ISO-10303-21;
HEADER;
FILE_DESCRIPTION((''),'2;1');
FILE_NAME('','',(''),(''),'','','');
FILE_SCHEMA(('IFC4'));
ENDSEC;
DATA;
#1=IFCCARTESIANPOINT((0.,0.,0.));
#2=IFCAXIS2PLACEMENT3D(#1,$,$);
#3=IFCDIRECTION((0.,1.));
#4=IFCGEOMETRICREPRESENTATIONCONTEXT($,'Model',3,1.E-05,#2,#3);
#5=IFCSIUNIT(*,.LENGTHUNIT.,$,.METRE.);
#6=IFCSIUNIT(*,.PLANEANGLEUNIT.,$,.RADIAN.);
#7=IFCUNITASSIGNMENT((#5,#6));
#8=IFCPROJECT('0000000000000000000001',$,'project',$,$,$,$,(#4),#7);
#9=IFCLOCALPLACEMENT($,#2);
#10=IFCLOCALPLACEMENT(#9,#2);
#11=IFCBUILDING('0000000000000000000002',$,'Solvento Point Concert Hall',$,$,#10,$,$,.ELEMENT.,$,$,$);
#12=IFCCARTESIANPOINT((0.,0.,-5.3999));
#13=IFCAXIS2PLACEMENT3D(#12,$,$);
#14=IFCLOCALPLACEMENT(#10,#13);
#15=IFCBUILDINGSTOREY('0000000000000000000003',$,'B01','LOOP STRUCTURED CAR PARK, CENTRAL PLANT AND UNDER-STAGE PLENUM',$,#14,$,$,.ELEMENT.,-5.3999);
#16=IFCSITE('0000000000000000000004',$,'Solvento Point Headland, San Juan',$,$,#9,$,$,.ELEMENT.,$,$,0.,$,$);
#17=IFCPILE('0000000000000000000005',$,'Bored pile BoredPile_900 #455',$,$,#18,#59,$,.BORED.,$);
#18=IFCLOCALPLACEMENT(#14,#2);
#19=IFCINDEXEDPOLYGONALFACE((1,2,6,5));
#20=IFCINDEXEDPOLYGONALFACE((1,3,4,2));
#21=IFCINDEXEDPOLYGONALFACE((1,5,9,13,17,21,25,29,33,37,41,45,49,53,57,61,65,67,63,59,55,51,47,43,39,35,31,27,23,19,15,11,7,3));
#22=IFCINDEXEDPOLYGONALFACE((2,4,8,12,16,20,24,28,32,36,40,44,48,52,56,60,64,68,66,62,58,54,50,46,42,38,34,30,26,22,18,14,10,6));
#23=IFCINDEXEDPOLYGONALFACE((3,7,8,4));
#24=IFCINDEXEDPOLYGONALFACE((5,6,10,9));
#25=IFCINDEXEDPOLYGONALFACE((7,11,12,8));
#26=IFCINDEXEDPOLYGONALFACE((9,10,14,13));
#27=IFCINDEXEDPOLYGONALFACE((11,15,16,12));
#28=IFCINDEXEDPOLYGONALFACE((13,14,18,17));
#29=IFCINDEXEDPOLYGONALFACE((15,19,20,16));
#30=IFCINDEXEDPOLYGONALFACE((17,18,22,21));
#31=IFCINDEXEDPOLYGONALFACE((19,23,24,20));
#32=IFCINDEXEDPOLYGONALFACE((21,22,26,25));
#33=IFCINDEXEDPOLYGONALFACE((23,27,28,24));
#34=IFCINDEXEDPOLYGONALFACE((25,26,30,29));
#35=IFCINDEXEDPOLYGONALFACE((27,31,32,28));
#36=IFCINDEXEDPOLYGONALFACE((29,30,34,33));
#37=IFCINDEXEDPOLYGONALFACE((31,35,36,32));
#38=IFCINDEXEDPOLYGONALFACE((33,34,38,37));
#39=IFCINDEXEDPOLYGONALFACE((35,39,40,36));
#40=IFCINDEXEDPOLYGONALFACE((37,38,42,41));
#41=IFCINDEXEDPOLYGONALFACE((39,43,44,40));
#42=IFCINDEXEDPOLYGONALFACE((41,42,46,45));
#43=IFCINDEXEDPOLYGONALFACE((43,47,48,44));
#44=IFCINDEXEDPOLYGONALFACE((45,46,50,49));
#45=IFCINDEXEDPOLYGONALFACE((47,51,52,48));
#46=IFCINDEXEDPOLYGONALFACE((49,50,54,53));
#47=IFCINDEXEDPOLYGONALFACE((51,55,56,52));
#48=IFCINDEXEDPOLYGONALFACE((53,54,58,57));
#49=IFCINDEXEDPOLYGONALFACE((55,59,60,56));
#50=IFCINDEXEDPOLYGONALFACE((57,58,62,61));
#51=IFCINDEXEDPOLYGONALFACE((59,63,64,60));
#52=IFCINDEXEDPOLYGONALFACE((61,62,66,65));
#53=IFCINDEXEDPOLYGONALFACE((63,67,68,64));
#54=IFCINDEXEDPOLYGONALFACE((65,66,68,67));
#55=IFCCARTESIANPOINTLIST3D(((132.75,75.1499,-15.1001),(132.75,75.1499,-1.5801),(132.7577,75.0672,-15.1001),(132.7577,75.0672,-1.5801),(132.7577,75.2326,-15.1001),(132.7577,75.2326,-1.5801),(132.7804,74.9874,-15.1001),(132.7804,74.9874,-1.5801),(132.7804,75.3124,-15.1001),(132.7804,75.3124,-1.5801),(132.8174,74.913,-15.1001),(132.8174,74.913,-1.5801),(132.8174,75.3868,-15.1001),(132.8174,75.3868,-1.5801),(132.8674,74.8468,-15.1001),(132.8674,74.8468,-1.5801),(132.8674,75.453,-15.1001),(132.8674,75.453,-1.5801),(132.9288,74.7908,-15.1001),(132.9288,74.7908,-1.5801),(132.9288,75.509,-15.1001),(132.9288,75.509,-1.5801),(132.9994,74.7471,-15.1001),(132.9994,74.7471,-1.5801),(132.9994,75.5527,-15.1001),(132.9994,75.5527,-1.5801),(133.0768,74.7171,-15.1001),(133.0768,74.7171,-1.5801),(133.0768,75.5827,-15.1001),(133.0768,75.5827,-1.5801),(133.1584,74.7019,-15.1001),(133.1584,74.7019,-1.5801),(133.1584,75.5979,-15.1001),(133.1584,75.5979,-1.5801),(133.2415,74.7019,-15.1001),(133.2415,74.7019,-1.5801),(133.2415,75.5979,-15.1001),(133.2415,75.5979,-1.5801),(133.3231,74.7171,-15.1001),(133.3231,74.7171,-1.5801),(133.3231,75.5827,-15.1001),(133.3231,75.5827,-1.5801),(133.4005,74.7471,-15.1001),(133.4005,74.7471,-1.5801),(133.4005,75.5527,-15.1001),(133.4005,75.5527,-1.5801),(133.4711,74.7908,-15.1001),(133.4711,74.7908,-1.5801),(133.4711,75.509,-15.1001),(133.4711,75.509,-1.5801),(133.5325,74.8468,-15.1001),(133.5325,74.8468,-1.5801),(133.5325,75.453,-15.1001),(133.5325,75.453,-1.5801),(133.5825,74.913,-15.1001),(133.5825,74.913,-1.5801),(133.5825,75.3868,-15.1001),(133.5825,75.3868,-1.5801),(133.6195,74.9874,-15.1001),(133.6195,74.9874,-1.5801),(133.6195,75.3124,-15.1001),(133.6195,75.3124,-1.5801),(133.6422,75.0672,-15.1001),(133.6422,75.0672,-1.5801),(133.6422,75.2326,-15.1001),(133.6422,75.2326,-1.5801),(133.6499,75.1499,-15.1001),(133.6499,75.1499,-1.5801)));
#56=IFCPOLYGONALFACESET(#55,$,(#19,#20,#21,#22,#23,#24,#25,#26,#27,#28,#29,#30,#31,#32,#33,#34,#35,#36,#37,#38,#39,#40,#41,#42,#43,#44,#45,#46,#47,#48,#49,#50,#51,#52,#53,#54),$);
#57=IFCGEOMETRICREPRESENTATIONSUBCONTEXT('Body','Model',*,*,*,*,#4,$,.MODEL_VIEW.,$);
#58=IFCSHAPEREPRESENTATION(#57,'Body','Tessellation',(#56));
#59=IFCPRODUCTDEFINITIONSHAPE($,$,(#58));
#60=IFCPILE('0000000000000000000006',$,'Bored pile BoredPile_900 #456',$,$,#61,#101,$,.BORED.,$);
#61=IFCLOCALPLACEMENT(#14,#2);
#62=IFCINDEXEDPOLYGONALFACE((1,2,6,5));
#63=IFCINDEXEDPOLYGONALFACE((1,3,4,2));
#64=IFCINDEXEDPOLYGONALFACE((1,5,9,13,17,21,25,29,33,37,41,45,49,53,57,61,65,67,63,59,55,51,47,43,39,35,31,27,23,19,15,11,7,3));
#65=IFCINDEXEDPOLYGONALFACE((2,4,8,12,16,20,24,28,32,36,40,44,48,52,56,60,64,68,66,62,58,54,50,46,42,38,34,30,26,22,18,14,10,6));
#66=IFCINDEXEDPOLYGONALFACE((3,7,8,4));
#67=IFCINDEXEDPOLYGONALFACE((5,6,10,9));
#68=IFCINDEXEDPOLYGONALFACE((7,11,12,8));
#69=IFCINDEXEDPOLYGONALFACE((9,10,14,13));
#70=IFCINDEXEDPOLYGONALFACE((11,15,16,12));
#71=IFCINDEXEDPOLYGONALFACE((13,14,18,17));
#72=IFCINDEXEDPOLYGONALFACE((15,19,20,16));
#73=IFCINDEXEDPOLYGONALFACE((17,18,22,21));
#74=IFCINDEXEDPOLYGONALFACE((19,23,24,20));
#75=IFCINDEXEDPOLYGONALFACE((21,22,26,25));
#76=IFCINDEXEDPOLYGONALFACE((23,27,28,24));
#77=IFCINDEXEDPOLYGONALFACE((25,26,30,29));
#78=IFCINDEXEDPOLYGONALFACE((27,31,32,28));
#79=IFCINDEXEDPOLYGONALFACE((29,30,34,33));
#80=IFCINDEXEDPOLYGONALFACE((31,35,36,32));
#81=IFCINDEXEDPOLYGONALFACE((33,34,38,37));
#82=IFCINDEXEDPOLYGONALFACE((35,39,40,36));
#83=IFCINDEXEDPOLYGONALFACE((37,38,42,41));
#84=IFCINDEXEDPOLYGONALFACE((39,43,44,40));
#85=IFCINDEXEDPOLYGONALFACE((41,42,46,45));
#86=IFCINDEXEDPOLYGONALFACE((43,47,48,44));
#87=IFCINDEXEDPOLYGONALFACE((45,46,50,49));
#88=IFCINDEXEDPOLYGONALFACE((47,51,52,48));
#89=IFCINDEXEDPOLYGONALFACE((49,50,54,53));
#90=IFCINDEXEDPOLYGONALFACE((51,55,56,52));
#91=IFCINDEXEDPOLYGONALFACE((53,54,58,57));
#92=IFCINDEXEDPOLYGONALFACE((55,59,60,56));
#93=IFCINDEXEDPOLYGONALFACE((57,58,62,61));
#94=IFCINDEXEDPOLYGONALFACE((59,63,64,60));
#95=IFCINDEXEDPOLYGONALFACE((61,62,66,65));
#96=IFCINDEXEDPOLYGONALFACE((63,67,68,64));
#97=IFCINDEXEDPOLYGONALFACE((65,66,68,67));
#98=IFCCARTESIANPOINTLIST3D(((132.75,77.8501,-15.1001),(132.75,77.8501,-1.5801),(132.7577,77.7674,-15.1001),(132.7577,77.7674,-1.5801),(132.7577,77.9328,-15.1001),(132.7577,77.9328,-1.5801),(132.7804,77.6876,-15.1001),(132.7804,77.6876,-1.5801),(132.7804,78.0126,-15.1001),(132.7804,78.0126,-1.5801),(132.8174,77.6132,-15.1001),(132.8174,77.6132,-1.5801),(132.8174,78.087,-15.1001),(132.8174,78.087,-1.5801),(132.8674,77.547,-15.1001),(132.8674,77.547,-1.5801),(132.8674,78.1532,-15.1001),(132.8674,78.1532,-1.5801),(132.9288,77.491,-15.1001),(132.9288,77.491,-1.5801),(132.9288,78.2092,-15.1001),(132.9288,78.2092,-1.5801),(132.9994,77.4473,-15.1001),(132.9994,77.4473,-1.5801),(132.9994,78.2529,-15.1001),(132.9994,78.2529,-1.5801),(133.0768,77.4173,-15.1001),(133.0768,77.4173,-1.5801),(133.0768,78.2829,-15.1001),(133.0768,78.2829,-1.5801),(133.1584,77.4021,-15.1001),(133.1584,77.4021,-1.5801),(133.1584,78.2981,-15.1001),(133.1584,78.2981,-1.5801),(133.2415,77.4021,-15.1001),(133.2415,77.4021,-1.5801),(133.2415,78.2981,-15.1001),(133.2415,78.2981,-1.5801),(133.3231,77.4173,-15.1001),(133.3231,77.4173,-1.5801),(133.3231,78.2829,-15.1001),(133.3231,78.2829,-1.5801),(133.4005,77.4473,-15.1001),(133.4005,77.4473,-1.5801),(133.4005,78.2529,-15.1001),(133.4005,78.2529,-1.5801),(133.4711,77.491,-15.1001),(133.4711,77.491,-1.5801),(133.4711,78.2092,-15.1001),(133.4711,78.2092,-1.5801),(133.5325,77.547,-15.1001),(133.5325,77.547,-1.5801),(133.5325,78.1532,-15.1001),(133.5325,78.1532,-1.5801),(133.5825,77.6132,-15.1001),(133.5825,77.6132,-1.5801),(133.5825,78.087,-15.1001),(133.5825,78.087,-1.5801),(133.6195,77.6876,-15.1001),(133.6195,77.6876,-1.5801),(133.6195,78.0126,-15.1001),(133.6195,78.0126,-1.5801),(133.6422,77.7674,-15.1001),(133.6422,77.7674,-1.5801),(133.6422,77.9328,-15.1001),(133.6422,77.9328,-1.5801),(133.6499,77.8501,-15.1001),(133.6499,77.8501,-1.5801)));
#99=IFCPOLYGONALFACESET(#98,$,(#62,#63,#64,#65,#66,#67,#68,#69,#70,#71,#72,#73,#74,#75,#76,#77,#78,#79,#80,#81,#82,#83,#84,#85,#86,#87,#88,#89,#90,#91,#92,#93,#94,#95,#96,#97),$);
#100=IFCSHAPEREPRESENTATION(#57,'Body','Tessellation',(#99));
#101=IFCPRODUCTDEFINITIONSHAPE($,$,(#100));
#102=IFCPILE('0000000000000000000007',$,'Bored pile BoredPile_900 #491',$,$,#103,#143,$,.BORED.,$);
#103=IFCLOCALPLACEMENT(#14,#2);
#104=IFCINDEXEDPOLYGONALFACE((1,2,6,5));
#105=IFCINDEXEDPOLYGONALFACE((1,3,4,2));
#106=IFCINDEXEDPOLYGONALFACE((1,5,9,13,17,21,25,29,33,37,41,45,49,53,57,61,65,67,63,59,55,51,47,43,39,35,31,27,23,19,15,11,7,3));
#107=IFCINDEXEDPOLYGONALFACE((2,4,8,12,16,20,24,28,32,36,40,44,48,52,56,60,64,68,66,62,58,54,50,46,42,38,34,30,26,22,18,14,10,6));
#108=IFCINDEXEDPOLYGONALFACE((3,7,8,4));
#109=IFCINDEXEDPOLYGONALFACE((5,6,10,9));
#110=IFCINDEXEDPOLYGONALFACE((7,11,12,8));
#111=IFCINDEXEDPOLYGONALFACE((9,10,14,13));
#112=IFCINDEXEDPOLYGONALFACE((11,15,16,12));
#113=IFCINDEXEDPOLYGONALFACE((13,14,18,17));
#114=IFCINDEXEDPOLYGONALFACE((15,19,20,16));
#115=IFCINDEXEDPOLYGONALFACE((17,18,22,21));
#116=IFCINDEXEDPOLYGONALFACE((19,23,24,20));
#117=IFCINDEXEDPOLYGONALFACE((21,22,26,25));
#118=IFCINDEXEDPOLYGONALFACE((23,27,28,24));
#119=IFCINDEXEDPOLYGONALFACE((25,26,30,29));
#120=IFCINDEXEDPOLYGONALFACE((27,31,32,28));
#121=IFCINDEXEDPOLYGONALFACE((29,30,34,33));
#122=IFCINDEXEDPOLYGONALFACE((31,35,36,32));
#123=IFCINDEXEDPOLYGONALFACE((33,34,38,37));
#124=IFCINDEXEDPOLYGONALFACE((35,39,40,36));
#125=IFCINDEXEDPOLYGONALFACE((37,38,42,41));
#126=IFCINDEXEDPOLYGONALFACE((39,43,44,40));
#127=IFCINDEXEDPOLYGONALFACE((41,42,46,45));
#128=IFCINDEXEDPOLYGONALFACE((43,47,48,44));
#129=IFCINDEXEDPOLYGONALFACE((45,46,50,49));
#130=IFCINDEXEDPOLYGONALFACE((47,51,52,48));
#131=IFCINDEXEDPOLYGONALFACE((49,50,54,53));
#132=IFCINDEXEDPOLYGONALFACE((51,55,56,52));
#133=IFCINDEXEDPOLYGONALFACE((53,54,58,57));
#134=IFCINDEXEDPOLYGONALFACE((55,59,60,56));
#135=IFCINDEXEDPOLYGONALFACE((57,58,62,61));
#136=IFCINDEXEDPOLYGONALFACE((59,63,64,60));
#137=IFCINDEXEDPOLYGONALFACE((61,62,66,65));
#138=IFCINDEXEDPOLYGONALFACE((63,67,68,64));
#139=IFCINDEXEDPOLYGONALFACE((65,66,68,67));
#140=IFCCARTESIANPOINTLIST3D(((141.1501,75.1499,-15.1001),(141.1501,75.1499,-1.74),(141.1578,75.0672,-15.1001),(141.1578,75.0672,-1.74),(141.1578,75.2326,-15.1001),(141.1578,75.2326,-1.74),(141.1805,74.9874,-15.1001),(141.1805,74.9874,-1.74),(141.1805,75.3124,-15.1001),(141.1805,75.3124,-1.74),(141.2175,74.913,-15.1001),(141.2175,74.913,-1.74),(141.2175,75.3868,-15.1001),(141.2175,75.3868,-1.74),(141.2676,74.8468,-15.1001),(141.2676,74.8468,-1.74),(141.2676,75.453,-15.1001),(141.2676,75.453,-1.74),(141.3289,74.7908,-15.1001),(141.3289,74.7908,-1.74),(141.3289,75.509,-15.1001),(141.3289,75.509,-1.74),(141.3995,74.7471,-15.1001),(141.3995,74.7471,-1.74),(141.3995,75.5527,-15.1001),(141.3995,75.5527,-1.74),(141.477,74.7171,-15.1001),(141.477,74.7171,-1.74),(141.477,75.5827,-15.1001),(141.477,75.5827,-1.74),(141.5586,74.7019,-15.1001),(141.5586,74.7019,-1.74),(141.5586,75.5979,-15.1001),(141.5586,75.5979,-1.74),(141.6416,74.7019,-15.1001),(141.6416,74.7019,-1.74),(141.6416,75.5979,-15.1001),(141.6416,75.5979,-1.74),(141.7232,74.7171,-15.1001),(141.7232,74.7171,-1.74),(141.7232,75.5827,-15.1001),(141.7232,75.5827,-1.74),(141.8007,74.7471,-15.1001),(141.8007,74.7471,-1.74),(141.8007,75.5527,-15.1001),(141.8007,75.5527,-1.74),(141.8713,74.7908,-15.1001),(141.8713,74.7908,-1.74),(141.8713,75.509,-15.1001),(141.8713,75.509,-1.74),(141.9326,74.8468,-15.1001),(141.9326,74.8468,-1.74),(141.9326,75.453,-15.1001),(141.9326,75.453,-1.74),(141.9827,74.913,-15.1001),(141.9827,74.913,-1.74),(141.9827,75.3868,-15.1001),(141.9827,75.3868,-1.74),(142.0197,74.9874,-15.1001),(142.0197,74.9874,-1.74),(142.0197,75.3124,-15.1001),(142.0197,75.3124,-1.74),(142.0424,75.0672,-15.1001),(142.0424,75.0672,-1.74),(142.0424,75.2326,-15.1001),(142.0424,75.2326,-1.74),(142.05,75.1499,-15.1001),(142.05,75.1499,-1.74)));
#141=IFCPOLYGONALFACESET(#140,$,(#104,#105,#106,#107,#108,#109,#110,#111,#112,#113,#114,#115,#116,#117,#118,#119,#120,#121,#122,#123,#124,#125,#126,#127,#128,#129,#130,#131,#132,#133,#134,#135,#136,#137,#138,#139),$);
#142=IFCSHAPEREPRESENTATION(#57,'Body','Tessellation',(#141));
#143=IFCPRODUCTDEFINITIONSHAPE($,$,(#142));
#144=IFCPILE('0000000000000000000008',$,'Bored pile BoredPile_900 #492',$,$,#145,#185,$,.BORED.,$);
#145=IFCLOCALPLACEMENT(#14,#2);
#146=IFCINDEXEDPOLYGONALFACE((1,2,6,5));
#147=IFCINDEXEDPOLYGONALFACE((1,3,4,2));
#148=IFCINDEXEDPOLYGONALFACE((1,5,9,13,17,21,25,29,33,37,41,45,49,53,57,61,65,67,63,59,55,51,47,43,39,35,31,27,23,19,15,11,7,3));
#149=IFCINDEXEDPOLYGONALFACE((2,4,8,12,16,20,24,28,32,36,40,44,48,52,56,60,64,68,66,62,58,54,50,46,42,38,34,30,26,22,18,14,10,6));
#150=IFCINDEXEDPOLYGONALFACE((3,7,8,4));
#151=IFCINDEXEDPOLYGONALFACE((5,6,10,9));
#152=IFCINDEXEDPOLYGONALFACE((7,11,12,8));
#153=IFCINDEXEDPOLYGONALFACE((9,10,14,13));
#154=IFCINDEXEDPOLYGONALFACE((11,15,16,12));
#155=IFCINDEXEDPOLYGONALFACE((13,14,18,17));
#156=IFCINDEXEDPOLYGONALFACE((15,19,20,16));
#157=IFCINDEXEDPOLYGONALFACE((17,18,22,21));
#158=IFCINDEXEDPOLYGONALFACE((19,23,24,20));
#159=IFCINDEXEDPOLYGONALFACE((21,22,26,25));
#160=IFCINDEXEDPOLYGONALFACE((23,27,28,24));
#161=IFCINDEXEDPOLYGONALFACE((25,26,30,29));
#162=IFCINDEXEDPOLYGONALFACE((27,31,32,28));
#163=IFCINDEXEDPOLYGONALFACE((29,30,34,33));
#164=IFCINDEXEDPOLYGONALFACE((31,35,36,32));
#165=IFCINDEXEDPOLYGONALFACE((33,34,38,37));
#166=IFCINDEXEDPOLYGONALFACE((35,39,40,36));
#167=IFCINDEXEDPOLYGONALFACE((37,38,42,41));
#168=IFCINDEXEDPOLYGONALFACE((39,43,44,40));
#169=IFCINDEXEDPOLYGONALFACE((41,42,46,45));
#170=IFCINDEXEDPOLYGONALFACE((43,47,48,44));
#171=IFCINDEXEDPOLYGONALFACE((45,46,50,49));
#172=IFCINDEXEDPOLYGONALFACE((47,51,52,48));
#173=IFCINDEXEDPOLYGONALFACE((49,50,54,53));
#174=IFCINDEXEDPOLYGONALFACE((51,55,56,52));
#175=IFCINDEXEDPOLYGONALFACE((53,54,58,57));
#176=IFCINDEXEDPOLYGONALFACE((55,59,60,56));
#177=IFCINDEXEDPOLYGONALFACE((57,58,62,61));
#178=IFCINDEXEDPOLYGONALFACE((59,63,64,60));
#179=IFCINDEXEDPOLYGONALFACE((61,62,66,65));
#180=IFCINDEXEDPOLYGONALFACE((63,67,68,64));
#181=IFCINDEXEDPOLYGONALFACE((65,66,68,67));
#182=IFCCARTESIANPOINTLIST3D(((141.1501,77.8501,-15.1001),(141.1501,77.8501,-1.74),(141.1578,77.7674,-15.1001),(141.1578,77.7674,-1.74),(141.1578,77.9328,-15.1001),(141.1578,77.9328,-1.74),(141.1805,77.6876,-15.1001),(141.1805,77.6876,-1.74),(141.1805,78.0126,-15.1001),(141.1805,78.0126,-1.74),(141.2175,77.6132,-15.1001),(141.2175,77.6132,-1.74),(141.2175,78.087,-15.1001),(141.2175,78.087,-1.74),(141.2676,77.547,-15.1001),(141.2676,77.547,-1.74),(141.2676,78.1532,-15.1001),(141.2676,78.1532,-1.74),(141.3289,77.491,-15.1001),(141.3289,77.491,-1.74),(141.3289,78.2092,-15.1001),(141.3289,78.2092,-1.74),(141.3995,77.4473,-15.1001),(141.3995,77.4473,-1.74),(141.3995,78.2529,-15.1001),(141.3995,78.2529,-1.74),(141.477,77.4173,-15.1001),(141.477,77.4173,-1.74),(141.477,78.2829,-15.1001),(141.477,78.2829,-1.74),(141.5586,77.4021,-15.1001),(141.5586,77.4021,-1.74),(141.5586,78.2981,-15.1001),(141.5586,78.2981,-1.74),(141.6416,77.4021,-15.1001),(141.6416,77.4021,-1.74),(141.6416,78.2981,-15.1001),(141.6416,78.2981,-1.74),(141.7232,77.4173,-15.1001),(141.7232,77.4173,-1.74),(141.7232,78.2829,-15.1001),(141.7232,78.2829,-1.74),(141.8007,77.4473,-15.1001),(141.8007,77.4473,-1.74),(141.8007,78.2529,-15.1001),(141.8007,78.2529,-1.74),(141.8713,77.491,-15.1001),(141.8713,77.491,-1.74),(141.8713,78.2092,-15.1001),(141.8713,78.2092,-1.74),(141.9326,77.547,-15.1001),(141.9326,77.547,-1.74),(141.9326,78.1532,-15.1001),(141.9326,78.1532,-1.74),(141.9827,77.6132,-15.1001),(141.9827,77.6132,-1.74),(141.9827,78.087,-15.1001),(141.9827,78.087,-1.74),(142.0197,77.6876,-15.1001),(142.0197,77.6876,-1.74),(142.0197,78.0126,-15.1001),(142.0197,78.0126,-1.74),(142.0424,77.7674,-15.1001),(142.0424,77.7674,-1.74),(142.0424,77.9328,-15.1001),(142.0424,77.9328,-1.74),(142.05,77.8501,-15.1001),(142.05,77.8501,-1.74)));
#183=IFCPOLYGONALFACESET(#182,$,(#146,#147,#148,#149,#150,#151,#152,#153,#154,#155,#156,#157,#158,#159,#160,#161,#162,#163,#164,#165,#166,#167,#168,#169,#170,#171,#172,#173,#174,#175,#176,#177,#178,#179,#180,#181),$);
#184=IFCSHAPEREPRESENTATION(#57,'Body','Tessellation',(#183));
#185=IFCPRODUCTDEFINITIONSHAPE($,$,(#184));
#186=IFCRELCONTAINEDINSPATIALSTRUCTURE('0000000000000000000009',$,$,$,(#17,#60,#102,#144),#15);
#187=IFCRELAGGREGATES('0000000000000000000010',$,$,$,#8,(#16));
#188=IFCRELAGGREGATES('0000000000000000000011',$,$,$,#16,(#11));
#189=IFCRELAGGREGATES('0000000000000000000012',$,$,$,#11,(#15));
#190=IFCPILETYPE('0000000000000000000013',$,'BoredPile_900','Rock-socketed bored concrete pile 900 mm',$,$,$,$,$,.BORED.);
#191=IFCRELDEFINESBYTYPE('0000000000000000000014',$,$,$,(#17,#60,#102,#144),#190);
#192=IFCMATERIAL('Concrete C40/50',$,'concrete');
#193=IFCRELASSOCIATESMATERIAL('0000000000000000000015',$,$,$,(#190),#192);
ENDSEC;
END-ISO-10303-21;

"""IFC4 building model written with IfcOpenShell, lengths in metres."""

from ifc_helpers import new_model, si_unit, direction, frame, origin, origin_2d, place, context, subcontext, project, spatial, circle, extrude, material, material_profile, profile_set, type_object, element, save


model = new_model("IFC4")

# Units and contexts
model_context = context("Model", 3, precision=1e-05, world=origin(), true_north=direction((0.0, 1.0)))
body_context = subcontext(model_context, "Body", "Model", "MODEL_VIEW")
ifc_project = project(units=[si_unit("LENGTHUNIT", "METRE"), si_unit("PLANEANGLEUNIT", "RADIAN")], contexts=[model_context])

# Site, building, storey
site_placement = place(None, origin())
site = spatial("IfcSite", under=ifc_project, at=site_placement, Name="Solvento Point Headland, San Juan", CompositionType="ELEMENT", RefElevation=0.0)
building_placement = place(site_placement, origin())
building = spatial("IfcBuilding", under=site, at=building_placement, Name="Solvento Point Concert Hall", CompositionType="ELEMENT")
storey_placement = place(building_placement, frame((0.0, 0.0, -5.3999)))
storey = spatial("IfcBuildingStorey", under=building, at=storey_placement, Name="B01", Description="LOOP STRUCTURED CAR PARK, CENTRAL PLANT AND UNDER-STAGE PLENUM", CompositionType="ELEMENT", Elevation=-5.3999)

# Piles
ifc_material_1 = material(Name="Concrete C40/50", Category="concrete")
ifc_material_profile_1 = material_profile(ifc_material_1, circle(Radius=0.45, at=origin_2d()), Name="BP-900")
ifc_profile_set_1 = profile_set([ifc_material_profile_1], Name="Concrete C40/50")
pile_type = type_object("IfcPileType", Name="BoredPile_900", Description="Rock-socketed bored concrete pile 900 mm", PredefinedType="BORED", material=ifc_profile_set_1)
for number, where, z_axis, x_axis, name in (
    (1, (133.2, 75.1499, -1.5801), (0.0, 0.0, -1.0), (1.0, 0.0, 0.0), "Bored pile BoredPile_900 #455"),
    (2, (133.2, 77.8501, -1.5801), (0.0, 0.0, -1.0), (1.0, 0.0, 0.0), "Bored pile BoredPile_900 #456"),
):
    element("IfcPile", number, at=place(storey_placement, frame(where, z_axis=z_axis, x_axis=x_axis)), inside=storey, type_object=pile_type, Name=name, PredefinedType="BORED", context=body_context, shape_type="SweptSolid", body=[
        extrude(circle(Radius=0.45, at=origin_2d()), origin(), (0.0, 0.0, 1.0), 13.52),
    ])
for number, where, z_axis, x_axis, name in (
    (3, (141.6001, 75.1499, -1.74), (0.0, 0.0, -1.0), (1.0, 0.0, 0.0), "Bored pile BoredPile_900 #491"),
    (4, (141.6001, 77.8501, -1.74), (0.0, 0.0, -1.0), (1.0, 0.0, 0.0), "Bored pile BoredPile_900 #492"),
):
    element("IfcPile", number, at=place(storey_placement, frame(where, z_axis=z_axis, x_axis=x_axis)), inside=storey, type_object=pile_type, Name=name, PredefinedType="BORED", context=body_context, shape_type="SweptSolid", body=[
        extrude(circle(Radius=0.45, at=origin_2d()), origin(), (0.0, 0.0, 1.0), 13.3601),
    ])

save(model, "model.ifc")
